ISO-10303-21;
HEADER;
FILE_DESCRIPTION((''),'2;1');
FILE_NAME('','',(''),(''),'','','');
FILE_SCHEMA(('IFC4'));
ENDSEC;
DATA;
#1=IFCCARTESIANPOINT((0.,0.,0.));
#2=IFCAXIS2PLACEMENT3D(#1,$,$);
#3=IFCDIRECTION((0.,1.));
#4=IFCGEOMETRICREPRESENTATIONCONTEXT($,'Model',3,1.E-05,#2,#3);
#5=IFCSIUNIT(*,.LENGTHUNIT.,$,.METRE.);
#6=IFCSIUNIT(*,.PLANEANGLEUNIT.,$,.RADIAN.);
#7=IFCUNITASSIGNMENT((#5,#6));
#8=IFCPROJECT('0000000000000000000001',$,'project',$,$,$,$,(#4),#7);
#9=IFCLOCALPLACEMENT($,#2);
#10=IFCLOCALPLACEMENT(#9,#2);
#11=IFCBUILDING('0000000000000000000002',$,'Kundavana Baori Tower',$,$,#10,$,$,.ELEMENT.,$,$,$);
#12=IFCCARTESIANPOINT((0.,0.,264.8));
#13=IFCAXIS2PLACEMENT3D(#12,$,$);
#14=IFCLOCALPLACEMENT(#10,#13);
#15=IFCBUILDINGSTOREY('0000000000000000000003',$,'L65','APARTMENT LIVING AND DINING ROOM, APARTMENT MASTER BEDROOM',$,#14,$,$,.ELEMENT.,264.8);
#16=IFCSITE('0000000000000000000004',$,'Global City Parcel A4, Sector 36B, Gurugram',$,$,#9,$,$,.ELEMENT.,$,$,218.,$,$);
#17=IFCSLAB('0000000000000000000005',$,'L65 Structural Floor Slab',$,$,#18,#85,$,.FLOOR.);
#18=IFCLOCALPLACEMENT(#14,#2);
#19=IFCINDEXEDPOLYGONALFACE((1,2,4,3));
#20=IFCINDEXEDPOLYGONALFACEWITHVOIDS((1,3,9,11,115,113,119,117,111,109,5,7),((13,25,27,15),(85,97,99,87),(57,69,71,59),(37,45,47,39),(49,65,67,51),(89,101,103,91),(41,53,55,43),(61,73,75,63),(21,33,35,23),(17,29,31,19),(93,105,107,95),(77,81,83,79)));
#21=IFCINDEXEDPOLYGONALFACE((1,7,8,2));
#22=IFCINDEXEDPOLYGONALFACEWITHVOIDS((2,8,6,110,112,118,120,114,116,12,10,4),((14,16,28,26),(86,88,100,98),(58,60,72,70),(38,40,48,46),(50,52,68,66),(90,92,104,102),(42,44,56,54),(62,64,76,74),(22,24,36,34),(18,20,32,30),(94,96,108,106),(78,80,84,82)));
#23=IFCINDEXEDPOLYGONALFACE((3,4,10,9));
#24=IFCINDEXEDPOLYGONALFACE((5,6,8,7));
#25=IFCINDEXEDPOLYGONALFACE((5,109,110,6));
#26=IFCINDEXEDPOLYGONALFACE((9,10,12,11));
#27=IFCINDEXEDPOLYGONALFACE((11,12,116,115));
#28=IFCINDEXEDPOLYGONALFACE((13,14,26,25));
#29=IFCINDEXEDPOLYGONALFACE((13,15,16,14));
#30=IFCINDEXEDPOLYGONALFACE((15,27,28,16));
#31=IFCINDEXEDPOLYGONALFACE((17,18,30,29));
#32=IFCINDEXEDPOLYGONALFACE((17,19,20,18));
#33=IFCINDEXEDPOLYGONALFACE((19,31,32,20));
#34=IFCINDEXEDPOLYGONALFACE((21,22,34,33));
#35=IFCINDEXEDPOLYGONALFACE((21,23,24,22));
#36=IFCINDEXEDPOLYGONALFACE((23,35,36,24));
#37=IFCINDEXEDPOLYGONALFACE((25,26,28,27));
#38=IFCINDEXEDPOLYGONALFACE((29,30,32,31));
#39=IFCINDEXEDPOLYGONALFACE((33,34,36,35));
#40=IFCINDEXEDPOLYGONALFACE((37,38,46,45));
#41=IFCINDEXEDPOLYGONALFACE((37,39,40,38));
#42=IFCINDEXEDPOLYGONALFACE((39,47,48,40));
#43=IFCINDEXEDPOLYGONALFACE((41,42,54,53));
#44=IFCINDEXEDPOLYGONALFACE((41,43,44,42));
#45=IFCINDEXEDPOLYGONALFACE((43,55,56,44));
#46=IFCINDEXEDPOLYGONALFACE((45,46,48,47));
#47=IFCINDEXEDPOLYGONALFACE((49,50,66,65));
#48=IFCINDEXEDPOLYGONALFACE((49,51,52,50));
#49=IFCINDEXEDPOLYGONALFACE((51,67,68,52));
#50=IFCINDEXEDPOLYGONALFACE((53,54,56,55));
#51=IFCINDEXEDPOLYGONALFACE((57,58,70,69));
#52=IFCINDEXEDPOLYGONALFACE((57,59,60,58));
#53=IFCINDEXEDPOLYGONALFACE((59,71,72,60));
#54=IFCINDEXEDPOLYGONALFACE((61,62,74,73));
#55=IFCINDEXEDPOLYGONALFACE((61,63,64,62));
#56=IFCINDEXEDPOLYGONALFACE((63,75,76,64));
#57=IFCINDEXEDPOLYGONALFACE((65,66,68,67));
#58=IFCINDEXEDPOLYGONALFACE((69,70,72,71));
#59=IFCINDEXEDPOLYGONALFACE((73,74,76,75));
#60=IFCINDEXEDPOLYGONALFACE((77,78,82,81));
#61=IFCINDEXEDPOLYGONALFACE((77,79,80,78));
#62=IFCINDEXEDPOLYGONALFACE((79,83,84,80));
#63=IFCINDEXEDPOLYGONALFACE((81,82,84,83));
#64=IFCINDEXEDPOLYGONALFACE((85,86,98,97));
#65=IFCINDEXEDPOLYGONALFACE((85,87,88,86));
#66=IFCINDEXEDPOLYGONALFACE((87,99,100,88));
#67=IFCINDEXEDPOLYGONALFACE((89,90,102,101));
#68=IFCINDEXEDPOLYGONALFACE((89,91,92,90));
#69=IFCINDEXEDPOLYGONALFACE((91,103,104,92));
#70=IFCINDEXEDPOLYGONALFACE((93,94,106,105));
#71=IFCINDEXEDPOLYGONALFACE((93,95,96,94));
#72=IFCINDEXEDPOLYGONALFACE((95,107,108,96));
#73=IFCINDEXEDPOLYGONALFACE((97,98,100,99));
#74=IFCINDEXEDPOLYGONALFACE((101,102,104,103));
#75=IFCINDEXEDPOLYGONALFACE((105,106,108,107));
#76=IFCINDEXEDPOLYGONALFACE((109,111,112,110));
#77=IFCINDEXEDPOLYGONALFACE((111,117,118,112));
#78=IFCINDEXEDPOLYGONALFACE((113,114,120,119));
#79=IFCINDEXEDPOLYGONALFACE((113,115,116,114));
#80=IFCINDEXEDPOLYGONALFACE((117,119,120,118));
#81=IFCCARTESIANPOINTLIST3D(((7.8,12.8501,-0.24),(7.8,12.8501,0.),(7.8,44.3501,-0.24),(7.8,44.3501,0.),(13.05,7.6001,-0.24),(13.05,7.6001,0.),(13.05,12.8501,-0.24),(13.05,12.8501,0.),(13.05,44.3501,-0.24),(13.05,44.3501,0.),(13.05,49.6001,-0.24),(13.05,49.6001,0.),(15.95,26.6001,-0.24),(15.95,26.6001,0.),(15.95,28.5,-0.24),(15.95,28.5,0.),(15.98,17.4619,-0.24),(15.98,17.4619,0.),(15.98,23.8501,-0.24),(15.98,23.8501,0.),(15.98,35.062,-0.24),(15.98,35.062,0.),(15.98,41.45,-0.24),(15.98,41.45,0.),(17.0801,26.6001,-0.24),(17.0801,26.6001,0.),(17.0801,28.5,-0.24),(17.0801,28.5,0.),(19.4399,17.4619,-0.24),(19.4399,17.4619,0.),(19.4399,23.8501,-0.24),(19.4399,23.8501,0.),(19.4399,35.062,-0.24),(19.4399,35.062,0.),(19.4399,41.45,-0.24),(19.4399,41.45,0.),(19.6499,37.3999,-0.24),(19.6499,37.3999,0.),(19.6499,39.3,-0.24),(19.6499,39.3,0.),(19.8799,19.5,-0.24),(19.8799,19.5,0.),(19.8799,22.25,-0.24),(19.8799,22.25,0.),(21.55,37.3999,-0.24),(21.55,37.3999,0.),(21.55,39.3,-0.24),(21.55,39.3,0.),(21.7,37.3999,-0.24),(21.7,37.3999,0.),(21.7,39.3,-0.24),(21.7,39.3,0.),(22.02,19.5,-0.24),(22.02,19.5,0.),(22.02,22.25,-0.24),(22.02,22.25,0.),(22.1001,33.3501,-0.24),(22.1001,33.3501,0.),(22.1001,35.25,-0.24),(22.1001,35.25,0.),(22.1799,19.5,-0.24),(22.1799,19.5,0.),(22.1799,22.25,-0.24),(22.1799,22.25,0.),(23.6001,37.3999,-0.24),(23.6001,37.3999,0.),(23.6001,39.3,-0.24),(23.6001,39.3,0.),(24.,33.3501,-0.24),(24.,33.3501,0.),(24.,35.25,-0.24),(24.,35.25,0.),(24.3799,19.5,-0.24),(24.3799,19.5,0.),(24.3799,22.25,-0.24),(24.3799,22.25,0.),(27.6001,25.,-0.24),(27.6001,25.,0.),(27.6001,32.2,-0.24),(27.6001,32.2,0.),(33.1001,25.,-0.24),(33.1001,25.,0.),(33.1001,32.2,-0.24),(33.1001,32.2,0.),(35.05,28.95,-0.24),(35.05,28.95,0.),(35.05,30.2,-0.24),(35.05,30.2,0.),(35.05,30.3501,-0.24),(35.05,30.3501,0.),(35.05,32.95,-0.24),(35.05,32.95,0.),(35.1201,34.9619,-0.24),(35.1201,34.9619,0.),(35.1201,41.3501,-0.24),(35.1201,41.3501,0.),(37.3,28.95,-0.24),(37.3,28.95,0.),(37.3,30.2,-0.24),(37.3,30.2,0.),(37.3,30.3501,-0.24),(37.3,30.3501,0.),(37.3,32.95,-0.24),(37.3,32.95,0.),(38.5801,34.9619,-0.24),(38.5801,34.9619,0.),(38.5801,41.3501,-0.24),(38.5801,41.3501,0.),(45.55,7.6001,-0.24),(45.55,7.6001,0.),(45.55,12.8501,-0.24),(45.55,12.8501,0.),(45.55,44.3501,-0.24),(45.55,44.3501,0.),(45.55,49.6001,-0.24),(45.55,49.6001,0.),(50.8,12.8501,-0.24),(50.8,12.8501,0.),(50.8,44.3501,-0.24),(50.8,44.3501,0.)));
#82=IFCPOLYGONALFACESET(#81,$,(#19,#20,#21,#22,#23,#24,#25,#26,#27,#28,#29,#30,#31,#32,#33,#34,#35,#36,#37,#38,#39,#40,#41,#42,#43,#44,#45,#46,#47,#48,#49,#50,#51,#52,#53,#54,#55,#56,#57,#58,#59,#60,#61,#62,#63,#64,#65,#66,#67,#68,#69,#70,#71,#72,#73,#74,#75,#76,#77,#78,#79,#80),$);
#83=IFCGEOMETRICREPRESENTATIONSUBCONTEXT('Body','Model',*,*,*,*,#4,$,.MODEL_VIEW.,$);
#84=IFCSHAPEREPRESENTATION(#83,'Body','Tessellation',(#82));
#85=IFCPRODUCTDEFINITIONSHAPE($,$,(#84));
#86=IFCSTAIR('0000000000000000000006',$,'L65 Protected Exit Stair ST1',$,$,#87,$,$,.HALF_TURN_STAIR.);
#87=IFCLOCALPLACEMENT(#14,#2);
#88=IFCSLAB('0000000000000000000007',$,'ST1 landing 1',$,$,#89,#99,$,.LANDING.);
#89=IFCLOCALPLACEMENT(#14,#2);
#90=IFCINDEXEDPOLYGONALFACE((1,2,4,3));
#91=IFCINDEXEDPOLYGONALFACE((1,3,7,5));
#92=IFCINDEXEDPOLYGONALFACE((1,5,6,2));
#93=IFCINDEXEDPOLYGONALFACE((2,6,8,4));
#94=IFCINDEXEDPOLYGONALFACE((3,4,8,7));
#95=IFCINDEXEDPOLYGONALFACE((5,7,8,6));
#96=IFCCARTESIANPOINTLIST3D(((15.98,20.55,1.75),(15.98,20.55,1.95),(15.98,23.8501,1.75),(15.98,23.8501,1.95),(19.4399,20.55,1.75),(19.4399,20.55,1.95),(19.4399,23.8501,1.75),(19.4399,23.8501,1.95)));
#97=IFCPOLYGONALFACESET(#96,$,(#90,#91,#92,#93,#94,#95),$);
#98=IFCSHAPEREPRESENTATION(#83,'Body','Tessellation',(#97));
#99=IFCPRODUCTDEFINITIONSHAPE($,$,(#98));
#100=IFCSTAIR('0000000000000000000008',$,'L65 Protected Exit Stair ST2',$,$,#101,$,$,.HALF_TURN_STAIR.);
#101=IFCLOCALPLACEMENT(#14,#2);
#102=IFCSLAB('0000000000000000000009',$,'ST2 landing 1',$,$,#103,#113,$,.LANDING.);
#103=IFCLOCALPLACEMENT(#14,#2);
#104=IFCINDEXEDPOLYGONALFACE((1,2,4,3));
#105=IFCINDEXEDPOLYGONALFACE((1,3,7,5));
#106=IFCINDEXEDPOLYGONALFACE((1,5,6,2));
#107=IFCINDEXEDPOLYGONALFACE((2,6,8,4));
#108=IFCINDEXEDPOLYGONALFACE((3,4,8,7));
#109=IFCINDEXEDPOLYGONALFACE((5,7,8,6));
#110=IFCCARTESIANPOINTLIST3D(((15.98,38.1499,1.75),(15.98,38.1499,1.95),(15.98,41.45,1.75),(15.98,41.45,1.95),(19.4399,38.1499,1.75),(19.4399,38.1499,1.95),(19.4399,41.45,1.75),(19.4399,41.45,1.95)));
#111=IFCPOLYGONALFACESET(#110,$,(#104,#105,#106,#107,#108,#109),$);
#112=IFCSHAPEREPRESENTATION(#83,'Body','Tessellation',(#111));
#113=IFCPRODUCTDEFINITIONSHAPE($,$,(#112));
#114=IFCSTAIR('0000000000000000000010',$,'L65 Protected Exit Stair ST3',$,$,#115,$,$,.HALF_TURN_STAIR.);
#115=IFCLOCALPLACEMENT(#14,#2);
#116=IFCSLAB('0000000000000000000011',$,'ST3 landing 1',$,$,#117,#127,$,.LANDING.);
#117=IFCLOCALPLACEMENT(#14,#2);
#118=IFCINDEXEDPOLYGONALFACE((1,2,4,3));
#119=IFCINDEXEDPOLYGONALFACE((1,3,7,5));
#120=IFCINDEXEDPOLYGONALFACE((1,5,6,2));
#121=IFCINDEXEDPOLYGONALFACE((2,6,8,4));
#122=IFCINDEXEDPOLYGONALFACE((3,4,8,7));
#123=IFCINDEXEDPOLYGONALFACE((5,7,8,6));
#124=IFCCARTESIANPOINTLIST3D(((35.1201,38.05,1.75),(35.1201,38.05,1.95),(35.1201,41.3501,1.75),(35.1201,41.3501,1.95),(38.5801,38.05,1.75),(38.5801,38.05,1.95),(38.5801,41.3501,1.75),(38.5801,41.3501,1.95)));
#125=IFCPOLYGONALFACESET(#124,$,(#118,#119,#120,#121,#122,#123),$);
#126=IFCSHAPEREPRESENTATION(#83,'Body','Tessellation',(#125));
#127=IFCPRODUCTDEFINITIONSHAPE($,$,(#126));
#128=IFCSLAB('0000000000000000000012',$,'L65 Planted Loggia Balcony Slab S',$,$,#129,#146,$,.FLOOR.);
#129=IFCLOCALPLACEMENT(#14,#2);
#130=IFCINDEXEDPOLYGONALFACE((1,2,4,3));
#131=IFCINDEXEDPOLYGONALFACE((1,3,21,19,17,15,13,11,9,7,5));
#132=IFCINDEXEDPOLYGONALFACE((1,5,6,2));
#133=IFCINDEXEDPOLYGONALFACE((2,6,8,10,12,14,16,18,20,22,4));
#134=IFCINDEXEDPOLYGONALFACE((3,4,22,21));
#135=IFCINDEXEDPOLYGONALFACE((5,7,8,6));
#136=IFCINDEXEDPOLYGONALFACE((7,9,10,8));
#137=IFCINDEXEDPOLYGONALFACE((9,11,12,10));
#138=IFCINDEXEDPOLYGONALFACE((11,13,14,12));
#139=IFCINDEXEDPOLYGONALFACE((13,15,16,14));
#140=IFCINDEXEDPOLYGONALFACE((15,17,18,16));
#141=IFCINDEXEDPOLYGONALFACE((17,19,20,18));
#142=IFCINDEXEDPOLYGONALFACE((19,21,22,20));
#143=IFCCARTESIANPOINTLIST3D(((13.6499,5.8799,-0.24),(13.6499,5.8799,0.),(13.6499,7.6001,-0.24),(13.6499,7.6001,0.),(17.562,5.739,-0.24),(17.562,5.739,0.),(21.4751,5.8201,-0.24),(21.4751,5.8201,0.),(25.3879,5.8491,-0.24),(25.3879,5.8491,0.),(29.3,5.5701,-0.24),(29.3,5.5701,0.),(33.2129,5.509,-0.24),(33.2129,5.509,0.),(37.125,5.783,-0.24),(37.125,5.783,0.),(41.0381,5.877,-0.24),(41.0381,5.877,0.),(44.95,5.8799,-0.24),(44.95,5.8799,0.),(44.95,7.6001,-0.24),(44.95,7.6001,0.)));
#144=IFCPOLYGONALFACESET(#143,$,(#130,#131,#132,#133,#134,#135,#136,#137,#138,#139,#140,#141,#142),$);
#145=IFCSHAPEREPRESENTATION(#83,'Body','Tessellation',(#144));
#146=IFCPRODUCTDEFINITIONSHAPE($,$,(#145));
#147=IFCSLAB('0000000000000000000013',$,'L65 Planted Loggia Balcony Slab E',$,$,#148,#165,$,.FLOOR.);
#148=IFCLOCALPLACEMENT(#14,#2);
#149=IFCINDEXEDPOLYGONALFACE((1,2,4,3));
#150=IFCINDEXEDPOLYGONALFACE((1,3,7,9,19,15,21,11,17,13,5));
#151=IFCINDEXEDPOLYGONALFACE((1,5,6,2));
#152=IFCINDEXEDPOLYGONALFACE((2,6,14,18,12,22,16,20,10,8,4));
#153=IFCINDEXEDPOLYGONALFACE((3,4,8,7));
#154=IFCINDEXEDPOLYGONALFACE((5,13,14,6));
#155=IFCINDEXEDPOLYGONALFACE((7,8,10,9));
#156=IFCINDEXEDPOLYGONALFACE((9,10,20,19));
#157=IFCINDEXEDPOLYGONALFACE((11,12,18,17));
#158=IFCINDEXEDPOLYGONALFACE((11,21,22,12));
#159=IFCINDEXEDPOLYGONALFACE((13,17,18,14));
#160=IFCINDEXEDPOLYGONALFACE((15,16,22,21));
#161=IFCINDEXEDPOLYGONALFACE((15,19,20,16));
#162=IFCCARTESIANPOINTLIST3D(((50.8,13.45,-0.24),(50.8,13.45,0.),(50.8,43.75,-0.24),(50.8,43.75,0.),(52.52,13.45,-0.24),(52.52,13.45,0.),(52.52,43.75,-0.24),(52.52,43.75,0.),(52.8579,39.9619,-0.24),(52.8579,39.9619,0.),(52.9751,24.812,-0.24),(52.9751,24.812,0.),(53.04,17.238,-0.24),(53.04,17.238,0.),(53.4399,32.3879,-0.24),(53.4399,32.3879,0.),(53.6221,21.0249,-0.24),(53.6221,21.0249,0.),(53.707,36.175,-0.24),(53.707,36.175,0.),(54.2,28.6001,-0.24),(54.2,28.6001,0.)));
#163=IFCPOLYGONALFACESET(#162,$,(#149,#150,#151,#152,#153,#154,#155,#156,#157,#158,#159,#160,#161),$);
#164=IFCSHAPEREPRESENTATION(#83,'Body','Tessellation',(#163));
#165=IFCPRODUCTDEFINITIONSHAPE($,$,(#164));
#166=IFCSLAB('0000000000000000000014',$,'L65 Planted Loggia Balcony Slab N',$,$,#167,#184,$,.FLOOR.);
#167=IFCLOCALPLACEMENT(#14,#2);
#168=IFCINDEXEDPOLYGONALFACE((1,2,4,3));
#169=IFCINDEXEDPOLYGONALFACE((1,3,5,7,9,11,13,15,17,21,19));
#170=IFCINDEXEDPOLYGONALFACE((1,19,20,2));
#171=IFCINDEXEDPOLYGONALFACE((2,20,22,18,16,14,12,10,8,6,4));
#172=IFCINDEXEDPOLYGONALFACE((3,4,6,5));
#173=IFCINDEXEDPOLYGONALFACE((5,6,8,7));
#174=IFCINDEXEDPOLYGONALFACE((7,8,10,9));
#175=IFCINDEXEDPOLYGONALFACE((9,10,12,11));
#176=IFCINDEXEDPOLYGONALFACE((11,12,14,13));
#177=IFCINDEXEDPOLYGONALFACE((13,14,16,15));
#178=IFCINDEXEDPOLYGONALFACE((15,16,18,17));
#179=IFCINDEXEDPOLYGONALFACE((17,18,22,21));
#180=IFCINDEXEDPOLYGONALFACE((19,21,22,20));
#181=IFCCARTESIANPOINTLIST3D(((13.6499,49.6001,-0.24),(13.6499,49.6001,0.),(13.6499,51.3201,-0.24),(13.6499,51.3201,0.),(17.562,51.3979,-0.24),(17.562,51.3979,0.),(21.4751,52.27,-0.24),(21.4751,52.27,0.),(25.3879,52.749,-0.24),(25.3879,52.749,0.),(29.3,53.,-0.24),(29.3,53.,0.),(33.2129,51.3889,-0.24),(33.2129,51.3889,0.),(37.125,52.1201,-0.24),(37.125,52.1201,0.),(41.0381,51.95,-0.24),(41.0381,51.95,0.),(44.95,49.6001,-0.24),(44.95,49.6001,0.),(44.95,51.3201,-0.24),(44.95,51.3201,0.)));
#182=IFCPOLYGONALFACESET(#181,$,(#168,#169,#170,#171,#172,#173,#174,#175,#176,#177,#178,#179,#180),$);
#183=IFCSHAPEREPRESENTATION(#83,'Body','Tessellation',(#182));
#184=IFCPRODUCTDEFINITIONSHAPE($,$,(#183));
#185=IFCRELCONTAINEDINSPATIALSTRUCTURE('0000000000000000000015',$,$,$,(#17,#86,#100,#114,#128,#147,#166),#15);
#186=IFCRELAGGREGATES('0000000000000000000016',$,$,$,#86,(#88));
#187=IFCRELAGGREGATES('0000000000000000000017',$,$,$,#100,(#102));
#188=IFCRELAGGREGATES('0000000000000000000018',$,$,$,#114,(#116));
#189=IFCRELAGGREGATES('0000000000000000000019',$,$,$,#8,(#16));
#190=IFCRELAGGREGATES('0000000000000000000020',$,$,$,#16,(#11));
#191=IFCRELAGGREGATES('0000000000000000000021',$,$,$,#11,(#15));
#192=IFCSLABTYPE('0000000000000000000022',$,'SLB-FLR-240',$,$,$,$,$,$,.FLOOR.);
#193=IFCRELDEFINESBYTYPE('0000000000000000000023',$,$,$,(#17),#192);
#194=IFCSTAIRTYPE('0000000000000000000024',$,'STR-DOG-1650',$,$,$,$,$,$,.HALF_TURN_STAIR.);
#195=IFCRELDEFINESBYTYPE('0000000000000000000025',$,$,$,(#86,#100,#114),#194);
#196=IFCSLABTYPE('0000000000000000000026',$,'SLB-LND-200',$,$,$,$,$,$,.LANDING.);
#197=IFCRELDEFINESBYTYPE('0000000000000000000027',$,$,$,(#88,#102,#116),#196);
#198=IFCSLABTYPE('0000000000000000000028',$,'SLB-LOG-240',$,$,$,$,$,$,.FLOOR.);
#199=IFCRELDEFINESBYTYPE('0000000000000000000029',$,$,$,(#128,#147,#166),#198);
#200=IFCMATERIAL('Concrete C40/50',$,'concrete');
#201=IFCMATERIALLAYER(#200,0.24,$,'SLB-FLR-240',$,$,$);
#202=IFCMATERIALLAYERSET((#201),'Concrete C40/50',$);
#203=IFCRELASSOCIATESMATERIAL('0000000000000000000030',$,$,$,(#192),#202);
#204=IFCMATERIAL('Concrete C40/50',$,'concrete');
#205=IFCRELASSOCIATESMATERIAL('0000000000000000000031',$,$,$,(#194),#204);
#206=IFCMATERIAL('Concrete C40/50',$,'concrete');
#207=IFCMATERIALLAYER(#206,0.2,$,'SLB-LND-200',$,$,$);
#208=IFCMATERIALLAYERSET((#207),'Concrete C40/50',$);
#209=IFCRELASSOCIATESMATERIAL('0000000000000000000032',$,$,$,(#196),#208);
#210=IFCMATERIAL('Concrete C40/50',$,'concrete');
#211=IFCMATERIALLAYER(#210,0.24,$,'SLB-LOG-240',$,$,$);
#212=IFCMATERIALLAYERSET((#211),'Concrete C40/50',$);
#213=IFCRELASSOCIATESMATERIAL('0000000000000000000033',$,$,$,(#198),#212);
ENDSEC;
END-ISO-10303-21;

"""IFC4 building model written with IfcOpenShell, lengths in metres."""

from ifc_helpers import new_model, si_unit, direction, frame, origin, place, context, subcontext, project, spatial, polyline, outline, extrude, material, layer, layer_set, type_object, element, aggregate, save


model = new_model("IFC4")

# Units and contexts
model_context = context("Model", 3, precision=1e-05, world=origin(), true_north=direction((0.0, 1.0)))
body_context = subcontext(model_context, "Body", "Model", "MODEL_VIEW")
ifc_project = project(units=[si_unit("LENGTHUNIT", "METRE"), si_unit("PLANEANGLEUNIT", "RADIAN")], contexts=[model_context])

# Site, building, storey
site_placement = place(None, origin())
site = spatial("IfcSite", under=ifc_project, at=site_placement, Name="Global City Parcel A4, Sector 36B, Gurugram", CompositionType="ELEMENT", RefElevation=218.0)
building_placement = place(site_placement, origin())
building = spatial("IfcBuilding", under=site, at=building_placement, Name="Kundavana Baori Tower", CompositionType="ELEMENT")
storey_placement = place(building_placement, frame((0.0, 0.0, 264.8)))
storey = spatial("IfcBuildingStorey", under=building, at=storey_placement, Name="L65", Description="APARTMENT LIVING AND DINING ROOM, APARTMENT MASTER BEDROOM", CompositionType="ELEMENT", Elevation=264.8)

# Slab
ifc_material_1 = material(Name="Concrete C40/50", Category="concrete")
ifc_layer_1 = layer(ifc_material_1, 0.24, Name="SLB-FLR-240")
ifc_layer_set_1 = layer_set([ifc_layer_1], Name="Concrete C40/50")
slab_type_1 = type_object("IfcSlabType", Name="SLB-FLR-240", PredefinedType="FLOOR", material=ifc_layer_set_1)
slab_1_placement = place(storey_placement, frame((0.0, 0.0, -0.24)))
element("IfcSlab", 1, at=slab_1_placement, inside=storey, type_object=slab_type_1, Name="L65 Structural Floor Slab", PredefinedType="FLOOR", context=body_context, shape_type="SweptSolid", body=[
    extrude(outline(polyline([(13.05, 7.6001), (45.55, 7.6001), (45.55, 12.8501), (50.8, 12.8501), (50.8, 44.3501), (45.55, 44.3501), (45.55, 49.6001), (13.05, 49.6001), (13.05, 44.3501), (7.8, 44.3501), (7.8, 12.8501), (13.05, 12.8501), (13.05, 7.6001)]), holes=[polyline([(19.4399, 17.4619), (19.4399, 23.8501), (15.98, 23.8501), (15.98, 17.4619), (19.4399, 17.4619)]), polyline([(19.4399, 35.062), (19.4399, 41.45), (15.98, 41.45), (15.98, 35.062), (19.4399, 35.062)]), polyline([(38.5801, 34.9619), (38.5801, 41.3501), (35.1201, 41.3501), (35.1201, 34.9619), (38.5801, 34.9619)]), polyline([(19.6499, 37.3999), (21.55, 37.3999), (21.55, 39.3), (19.6499, 39.3), (19.6499, 37.3999)]), polyline([(21.7, 37.3999), (23.6001, 37.3999), (23.6001, 39.3), (21.7, 39.3), (21.7, 37.3999)]), polyline([(22.1001, 33.3501), (24.0, 33.3501), (24.0, 35.25), (22.1001, 35.25), (22.1001, 33.3501)]), polyline([(19.8799, 19.5), (22.02, 19.5), (22.02, 22.25), (19.8799, 22.25), (19.8799, 19.5)]), polyline([(22.1799, 19.5), (24.3799, 19.5), (24.3799, 22.25), (22.1799, 22.25), (22.1799, 19.5)]), polyline([(35.05, 30.3501), (37.3, 30.3501), (37.3, 32.95), (35.05, 32.95), (35.05, 30.3501)]), polyline([(15.95, 26.6001), (17.0801, 26.6001), (17.0801, 28.5), (15.95, 28.5), (15.95, 26.6001)]), polyline([(35.05, 28.95), (37.3, 28.95), (37.3, 30.2), (35.05, 30.2), (35.05, 28.95)]), polyline([(27.6001, 25.0), (33.1001, 25.0), (33.1001, 32.2), (27.6001, 32.2), (27.6001, 25.0)])]), origin(), (0.0, 0.0, 1.0), 0.24),
])

# Stairs, slabs
ifc_material_2 = material(Name="Concrete C40/50", Category="concrete")
stair_type = type_object("IfcStairType", Name="STR-DOG-1650", PredefinedType="HALF_TURN_STAIR", material=ifc_material_2)
stair_1_placement = place(storey_placement, origin())
stair_1 = element("IfcStair", 2, at=stair_1_placement, inside=storey, type_object=stair_type, Name="L65 Protected Exit Stair ST1", PredefinedType="HALF_TURN_STAIR")
ifc_material_3 = material(Name="Concrete C40/50", Category="concrete")
ifc_layer_2 = layer(ifc_material_3, 0.2, Name="SLB-LND-200")
ifc_layer_set_2 = layer_set([ifc_layer_2], Name="Concrete C40/50")
slab_type_2 = type_object("IfcSlabType", Name="SLB-LND-200", PredefinedType="LANDING", material=ifc_layer_set_2)
slab_2_placement = place(storey_placement, frame((0.0, 0.0, 1.75)))
slab_2 = element("IfcSlab", 3, at=slab_2_placement, type_object=slab_type_2, Name="ST1 landing 1", PredefinedType="LANDING", context=body_context, shape_type="SweptSolid", body=[
    extrude(outline(polyline([(19.4399, 20.55), (19.4399, 23.8501), (15.98, 23.8501), (15.98, 20.55), (19.4399, 20.55)])), origin(), (0.0, 0.0, 1.0), 0.2),
])
aggregate(stair_1, [slab_2])
stair_2_placement = place(storey_placement, origin())
stair_2 = element("IfcStair", 4, at=stair_2_placement, inside=storey, type_object=stair_type, Name="L65 Protected Exit Stair ST2", PredefinedType="HALF_TURN_STAIR")
slab_3_placement = place(storey_placement, frame((0.0, 0.0, 1.75)))
slab_3 = element("IfcSlab", 5, at=slab_3_placement, type_object=slab_type_2, Name="ST2 landing 1", PredefinedType="LANDING", context=body_context, shape_type="SweptSolid", body=[
    extrude(outline(polyline([(19.4399, 38.1499), (19.4399, 41.45), (15.98, 41.45), (15.98, 38.1499), (19.4399, 38.1499)])), origin(), (0.0, 0.0, 1.0), 0.2),
])
aggregate(stair_2, [slab_3])
stair_3_placement = place(storey_placement, origin())
stair_3 = element("IfcStair", 6, at=stair_3_placement, inside=storey, type_object=stair_type, Name="L65 Protected Exit Stair ST3", PredefinedType="HALF_TURN_STAIR")
slab_4_placement = place(storey_placement, frame((0.0, 0.0, 1.75)))
slab_4 = element("IfcSlab", 7, at=slab_4_placement, type_object=slab_type_2, Name="ST3 landing 1", PredefinedType="LANDING", context=body_context, shape_type="SweptSolid", body=[
    extrude(outline(polyline([(38.5801, 38.05), (38.5801, 41.3501), (35.1201, 41.3501), (35.1201, 38.05), (38.5801, 38.05)])), origin(), (0.0, 0.0, 1.0), 0.2),
])
aggregate(stair_3, [slab_4])

# Slabs
ifc_material_4 = material(Name="Concrete C40/50", Category="concrete")
ifc_layer_3 = layer(ifc_material_4, 0.24, Name="SLB-LOG-240")
ifc_layer_set_3 = layer_set([ifc_layer_3], Name="Concrete C40/50")
slab_type_3 = type_object("IfcSlabType", Name="SLB-LOG-240", PredefinedType="FLOOR", material=ifc_layer_set_3)
slab_5_placement = place(storey_placement, frame((0.0, 0.0, -0.24)))
element("IfcSlab", 8, at=slab_5_placement, inside=storey, type_object=slab_type_3, Name="L65 Planted Loggia Balcony Slab S", PredefinedType="FLOOR", context=body_context, shape_type="SweptSolid", body=[
    extrude(outline(polyline([(13.6499, 7.6001), (44.95, 7.6001), (44.95, 5.8799), (41.0381, 5.877), (37.125, 5.783), (33.2129, 5.509), (29.3, 5.5701), (25.3879, 5.8491), (21.4751, 5.8201), (17.562, 5.739), (13.6499, 5.8799), (13.6499, 7.6001)])), origin(), (0.0, 0.0, 1.0), 0.24),
])
slab_6_placement = place(storey_placement, frame((0.0, 0.0, -0.24)))
element("IfcSlab", 9, at=slab_6_placement, inside=storey, type_object=slab_type_3, Name="L65 Planted Loggia Balcony Slab E", PredefinedType="FLOOR", context=body_context, shape_type="SweptSolid", body=[
    extrude(outline(polyline([(50.8, 13.45), (50.8, 43.75), (52.52, 43.75), (52.8579, 39.9619), (53.707, 36.175), (53.4399, 32.3879), (54.2, 28.6001), (52.9751, 24.812), (53.6221, 21.0249), (53.04, 17.238), (52.52, 13.45), (50.8, 13.45)])), origin(), (0.0, 0.0, 1.0), 0.24),
])
slab_7_placement = place(storey_placement, frame((0.0, 0.0, -0.24)))
element("IfcSlab", 10, at=slab_7_placement, inside=storey, type_object=slab_type_3, Name="L65 Planted Loggia Balcony Slab N", PredefinedType="FLOOR", context=body_context, shape_type="SweptSolid", body=[
    extrude(outline(polyline([(44.95, 49.6001), (13.6499, 49.6001), (13.6499, 51.3201), (17.562, 51.3979), (21.4751, 52.27), (25.3879, 52.749), (29.3, 53.0), (33.2129, 51.3889), (37.125, 52.1201), (41.0381, 51.95), (44.95, 51.3201), (44.95, 49.6001)])), origin(), (0.0, 0.0, 1.0), 0.24),
])

save(model, "model.ifc")
